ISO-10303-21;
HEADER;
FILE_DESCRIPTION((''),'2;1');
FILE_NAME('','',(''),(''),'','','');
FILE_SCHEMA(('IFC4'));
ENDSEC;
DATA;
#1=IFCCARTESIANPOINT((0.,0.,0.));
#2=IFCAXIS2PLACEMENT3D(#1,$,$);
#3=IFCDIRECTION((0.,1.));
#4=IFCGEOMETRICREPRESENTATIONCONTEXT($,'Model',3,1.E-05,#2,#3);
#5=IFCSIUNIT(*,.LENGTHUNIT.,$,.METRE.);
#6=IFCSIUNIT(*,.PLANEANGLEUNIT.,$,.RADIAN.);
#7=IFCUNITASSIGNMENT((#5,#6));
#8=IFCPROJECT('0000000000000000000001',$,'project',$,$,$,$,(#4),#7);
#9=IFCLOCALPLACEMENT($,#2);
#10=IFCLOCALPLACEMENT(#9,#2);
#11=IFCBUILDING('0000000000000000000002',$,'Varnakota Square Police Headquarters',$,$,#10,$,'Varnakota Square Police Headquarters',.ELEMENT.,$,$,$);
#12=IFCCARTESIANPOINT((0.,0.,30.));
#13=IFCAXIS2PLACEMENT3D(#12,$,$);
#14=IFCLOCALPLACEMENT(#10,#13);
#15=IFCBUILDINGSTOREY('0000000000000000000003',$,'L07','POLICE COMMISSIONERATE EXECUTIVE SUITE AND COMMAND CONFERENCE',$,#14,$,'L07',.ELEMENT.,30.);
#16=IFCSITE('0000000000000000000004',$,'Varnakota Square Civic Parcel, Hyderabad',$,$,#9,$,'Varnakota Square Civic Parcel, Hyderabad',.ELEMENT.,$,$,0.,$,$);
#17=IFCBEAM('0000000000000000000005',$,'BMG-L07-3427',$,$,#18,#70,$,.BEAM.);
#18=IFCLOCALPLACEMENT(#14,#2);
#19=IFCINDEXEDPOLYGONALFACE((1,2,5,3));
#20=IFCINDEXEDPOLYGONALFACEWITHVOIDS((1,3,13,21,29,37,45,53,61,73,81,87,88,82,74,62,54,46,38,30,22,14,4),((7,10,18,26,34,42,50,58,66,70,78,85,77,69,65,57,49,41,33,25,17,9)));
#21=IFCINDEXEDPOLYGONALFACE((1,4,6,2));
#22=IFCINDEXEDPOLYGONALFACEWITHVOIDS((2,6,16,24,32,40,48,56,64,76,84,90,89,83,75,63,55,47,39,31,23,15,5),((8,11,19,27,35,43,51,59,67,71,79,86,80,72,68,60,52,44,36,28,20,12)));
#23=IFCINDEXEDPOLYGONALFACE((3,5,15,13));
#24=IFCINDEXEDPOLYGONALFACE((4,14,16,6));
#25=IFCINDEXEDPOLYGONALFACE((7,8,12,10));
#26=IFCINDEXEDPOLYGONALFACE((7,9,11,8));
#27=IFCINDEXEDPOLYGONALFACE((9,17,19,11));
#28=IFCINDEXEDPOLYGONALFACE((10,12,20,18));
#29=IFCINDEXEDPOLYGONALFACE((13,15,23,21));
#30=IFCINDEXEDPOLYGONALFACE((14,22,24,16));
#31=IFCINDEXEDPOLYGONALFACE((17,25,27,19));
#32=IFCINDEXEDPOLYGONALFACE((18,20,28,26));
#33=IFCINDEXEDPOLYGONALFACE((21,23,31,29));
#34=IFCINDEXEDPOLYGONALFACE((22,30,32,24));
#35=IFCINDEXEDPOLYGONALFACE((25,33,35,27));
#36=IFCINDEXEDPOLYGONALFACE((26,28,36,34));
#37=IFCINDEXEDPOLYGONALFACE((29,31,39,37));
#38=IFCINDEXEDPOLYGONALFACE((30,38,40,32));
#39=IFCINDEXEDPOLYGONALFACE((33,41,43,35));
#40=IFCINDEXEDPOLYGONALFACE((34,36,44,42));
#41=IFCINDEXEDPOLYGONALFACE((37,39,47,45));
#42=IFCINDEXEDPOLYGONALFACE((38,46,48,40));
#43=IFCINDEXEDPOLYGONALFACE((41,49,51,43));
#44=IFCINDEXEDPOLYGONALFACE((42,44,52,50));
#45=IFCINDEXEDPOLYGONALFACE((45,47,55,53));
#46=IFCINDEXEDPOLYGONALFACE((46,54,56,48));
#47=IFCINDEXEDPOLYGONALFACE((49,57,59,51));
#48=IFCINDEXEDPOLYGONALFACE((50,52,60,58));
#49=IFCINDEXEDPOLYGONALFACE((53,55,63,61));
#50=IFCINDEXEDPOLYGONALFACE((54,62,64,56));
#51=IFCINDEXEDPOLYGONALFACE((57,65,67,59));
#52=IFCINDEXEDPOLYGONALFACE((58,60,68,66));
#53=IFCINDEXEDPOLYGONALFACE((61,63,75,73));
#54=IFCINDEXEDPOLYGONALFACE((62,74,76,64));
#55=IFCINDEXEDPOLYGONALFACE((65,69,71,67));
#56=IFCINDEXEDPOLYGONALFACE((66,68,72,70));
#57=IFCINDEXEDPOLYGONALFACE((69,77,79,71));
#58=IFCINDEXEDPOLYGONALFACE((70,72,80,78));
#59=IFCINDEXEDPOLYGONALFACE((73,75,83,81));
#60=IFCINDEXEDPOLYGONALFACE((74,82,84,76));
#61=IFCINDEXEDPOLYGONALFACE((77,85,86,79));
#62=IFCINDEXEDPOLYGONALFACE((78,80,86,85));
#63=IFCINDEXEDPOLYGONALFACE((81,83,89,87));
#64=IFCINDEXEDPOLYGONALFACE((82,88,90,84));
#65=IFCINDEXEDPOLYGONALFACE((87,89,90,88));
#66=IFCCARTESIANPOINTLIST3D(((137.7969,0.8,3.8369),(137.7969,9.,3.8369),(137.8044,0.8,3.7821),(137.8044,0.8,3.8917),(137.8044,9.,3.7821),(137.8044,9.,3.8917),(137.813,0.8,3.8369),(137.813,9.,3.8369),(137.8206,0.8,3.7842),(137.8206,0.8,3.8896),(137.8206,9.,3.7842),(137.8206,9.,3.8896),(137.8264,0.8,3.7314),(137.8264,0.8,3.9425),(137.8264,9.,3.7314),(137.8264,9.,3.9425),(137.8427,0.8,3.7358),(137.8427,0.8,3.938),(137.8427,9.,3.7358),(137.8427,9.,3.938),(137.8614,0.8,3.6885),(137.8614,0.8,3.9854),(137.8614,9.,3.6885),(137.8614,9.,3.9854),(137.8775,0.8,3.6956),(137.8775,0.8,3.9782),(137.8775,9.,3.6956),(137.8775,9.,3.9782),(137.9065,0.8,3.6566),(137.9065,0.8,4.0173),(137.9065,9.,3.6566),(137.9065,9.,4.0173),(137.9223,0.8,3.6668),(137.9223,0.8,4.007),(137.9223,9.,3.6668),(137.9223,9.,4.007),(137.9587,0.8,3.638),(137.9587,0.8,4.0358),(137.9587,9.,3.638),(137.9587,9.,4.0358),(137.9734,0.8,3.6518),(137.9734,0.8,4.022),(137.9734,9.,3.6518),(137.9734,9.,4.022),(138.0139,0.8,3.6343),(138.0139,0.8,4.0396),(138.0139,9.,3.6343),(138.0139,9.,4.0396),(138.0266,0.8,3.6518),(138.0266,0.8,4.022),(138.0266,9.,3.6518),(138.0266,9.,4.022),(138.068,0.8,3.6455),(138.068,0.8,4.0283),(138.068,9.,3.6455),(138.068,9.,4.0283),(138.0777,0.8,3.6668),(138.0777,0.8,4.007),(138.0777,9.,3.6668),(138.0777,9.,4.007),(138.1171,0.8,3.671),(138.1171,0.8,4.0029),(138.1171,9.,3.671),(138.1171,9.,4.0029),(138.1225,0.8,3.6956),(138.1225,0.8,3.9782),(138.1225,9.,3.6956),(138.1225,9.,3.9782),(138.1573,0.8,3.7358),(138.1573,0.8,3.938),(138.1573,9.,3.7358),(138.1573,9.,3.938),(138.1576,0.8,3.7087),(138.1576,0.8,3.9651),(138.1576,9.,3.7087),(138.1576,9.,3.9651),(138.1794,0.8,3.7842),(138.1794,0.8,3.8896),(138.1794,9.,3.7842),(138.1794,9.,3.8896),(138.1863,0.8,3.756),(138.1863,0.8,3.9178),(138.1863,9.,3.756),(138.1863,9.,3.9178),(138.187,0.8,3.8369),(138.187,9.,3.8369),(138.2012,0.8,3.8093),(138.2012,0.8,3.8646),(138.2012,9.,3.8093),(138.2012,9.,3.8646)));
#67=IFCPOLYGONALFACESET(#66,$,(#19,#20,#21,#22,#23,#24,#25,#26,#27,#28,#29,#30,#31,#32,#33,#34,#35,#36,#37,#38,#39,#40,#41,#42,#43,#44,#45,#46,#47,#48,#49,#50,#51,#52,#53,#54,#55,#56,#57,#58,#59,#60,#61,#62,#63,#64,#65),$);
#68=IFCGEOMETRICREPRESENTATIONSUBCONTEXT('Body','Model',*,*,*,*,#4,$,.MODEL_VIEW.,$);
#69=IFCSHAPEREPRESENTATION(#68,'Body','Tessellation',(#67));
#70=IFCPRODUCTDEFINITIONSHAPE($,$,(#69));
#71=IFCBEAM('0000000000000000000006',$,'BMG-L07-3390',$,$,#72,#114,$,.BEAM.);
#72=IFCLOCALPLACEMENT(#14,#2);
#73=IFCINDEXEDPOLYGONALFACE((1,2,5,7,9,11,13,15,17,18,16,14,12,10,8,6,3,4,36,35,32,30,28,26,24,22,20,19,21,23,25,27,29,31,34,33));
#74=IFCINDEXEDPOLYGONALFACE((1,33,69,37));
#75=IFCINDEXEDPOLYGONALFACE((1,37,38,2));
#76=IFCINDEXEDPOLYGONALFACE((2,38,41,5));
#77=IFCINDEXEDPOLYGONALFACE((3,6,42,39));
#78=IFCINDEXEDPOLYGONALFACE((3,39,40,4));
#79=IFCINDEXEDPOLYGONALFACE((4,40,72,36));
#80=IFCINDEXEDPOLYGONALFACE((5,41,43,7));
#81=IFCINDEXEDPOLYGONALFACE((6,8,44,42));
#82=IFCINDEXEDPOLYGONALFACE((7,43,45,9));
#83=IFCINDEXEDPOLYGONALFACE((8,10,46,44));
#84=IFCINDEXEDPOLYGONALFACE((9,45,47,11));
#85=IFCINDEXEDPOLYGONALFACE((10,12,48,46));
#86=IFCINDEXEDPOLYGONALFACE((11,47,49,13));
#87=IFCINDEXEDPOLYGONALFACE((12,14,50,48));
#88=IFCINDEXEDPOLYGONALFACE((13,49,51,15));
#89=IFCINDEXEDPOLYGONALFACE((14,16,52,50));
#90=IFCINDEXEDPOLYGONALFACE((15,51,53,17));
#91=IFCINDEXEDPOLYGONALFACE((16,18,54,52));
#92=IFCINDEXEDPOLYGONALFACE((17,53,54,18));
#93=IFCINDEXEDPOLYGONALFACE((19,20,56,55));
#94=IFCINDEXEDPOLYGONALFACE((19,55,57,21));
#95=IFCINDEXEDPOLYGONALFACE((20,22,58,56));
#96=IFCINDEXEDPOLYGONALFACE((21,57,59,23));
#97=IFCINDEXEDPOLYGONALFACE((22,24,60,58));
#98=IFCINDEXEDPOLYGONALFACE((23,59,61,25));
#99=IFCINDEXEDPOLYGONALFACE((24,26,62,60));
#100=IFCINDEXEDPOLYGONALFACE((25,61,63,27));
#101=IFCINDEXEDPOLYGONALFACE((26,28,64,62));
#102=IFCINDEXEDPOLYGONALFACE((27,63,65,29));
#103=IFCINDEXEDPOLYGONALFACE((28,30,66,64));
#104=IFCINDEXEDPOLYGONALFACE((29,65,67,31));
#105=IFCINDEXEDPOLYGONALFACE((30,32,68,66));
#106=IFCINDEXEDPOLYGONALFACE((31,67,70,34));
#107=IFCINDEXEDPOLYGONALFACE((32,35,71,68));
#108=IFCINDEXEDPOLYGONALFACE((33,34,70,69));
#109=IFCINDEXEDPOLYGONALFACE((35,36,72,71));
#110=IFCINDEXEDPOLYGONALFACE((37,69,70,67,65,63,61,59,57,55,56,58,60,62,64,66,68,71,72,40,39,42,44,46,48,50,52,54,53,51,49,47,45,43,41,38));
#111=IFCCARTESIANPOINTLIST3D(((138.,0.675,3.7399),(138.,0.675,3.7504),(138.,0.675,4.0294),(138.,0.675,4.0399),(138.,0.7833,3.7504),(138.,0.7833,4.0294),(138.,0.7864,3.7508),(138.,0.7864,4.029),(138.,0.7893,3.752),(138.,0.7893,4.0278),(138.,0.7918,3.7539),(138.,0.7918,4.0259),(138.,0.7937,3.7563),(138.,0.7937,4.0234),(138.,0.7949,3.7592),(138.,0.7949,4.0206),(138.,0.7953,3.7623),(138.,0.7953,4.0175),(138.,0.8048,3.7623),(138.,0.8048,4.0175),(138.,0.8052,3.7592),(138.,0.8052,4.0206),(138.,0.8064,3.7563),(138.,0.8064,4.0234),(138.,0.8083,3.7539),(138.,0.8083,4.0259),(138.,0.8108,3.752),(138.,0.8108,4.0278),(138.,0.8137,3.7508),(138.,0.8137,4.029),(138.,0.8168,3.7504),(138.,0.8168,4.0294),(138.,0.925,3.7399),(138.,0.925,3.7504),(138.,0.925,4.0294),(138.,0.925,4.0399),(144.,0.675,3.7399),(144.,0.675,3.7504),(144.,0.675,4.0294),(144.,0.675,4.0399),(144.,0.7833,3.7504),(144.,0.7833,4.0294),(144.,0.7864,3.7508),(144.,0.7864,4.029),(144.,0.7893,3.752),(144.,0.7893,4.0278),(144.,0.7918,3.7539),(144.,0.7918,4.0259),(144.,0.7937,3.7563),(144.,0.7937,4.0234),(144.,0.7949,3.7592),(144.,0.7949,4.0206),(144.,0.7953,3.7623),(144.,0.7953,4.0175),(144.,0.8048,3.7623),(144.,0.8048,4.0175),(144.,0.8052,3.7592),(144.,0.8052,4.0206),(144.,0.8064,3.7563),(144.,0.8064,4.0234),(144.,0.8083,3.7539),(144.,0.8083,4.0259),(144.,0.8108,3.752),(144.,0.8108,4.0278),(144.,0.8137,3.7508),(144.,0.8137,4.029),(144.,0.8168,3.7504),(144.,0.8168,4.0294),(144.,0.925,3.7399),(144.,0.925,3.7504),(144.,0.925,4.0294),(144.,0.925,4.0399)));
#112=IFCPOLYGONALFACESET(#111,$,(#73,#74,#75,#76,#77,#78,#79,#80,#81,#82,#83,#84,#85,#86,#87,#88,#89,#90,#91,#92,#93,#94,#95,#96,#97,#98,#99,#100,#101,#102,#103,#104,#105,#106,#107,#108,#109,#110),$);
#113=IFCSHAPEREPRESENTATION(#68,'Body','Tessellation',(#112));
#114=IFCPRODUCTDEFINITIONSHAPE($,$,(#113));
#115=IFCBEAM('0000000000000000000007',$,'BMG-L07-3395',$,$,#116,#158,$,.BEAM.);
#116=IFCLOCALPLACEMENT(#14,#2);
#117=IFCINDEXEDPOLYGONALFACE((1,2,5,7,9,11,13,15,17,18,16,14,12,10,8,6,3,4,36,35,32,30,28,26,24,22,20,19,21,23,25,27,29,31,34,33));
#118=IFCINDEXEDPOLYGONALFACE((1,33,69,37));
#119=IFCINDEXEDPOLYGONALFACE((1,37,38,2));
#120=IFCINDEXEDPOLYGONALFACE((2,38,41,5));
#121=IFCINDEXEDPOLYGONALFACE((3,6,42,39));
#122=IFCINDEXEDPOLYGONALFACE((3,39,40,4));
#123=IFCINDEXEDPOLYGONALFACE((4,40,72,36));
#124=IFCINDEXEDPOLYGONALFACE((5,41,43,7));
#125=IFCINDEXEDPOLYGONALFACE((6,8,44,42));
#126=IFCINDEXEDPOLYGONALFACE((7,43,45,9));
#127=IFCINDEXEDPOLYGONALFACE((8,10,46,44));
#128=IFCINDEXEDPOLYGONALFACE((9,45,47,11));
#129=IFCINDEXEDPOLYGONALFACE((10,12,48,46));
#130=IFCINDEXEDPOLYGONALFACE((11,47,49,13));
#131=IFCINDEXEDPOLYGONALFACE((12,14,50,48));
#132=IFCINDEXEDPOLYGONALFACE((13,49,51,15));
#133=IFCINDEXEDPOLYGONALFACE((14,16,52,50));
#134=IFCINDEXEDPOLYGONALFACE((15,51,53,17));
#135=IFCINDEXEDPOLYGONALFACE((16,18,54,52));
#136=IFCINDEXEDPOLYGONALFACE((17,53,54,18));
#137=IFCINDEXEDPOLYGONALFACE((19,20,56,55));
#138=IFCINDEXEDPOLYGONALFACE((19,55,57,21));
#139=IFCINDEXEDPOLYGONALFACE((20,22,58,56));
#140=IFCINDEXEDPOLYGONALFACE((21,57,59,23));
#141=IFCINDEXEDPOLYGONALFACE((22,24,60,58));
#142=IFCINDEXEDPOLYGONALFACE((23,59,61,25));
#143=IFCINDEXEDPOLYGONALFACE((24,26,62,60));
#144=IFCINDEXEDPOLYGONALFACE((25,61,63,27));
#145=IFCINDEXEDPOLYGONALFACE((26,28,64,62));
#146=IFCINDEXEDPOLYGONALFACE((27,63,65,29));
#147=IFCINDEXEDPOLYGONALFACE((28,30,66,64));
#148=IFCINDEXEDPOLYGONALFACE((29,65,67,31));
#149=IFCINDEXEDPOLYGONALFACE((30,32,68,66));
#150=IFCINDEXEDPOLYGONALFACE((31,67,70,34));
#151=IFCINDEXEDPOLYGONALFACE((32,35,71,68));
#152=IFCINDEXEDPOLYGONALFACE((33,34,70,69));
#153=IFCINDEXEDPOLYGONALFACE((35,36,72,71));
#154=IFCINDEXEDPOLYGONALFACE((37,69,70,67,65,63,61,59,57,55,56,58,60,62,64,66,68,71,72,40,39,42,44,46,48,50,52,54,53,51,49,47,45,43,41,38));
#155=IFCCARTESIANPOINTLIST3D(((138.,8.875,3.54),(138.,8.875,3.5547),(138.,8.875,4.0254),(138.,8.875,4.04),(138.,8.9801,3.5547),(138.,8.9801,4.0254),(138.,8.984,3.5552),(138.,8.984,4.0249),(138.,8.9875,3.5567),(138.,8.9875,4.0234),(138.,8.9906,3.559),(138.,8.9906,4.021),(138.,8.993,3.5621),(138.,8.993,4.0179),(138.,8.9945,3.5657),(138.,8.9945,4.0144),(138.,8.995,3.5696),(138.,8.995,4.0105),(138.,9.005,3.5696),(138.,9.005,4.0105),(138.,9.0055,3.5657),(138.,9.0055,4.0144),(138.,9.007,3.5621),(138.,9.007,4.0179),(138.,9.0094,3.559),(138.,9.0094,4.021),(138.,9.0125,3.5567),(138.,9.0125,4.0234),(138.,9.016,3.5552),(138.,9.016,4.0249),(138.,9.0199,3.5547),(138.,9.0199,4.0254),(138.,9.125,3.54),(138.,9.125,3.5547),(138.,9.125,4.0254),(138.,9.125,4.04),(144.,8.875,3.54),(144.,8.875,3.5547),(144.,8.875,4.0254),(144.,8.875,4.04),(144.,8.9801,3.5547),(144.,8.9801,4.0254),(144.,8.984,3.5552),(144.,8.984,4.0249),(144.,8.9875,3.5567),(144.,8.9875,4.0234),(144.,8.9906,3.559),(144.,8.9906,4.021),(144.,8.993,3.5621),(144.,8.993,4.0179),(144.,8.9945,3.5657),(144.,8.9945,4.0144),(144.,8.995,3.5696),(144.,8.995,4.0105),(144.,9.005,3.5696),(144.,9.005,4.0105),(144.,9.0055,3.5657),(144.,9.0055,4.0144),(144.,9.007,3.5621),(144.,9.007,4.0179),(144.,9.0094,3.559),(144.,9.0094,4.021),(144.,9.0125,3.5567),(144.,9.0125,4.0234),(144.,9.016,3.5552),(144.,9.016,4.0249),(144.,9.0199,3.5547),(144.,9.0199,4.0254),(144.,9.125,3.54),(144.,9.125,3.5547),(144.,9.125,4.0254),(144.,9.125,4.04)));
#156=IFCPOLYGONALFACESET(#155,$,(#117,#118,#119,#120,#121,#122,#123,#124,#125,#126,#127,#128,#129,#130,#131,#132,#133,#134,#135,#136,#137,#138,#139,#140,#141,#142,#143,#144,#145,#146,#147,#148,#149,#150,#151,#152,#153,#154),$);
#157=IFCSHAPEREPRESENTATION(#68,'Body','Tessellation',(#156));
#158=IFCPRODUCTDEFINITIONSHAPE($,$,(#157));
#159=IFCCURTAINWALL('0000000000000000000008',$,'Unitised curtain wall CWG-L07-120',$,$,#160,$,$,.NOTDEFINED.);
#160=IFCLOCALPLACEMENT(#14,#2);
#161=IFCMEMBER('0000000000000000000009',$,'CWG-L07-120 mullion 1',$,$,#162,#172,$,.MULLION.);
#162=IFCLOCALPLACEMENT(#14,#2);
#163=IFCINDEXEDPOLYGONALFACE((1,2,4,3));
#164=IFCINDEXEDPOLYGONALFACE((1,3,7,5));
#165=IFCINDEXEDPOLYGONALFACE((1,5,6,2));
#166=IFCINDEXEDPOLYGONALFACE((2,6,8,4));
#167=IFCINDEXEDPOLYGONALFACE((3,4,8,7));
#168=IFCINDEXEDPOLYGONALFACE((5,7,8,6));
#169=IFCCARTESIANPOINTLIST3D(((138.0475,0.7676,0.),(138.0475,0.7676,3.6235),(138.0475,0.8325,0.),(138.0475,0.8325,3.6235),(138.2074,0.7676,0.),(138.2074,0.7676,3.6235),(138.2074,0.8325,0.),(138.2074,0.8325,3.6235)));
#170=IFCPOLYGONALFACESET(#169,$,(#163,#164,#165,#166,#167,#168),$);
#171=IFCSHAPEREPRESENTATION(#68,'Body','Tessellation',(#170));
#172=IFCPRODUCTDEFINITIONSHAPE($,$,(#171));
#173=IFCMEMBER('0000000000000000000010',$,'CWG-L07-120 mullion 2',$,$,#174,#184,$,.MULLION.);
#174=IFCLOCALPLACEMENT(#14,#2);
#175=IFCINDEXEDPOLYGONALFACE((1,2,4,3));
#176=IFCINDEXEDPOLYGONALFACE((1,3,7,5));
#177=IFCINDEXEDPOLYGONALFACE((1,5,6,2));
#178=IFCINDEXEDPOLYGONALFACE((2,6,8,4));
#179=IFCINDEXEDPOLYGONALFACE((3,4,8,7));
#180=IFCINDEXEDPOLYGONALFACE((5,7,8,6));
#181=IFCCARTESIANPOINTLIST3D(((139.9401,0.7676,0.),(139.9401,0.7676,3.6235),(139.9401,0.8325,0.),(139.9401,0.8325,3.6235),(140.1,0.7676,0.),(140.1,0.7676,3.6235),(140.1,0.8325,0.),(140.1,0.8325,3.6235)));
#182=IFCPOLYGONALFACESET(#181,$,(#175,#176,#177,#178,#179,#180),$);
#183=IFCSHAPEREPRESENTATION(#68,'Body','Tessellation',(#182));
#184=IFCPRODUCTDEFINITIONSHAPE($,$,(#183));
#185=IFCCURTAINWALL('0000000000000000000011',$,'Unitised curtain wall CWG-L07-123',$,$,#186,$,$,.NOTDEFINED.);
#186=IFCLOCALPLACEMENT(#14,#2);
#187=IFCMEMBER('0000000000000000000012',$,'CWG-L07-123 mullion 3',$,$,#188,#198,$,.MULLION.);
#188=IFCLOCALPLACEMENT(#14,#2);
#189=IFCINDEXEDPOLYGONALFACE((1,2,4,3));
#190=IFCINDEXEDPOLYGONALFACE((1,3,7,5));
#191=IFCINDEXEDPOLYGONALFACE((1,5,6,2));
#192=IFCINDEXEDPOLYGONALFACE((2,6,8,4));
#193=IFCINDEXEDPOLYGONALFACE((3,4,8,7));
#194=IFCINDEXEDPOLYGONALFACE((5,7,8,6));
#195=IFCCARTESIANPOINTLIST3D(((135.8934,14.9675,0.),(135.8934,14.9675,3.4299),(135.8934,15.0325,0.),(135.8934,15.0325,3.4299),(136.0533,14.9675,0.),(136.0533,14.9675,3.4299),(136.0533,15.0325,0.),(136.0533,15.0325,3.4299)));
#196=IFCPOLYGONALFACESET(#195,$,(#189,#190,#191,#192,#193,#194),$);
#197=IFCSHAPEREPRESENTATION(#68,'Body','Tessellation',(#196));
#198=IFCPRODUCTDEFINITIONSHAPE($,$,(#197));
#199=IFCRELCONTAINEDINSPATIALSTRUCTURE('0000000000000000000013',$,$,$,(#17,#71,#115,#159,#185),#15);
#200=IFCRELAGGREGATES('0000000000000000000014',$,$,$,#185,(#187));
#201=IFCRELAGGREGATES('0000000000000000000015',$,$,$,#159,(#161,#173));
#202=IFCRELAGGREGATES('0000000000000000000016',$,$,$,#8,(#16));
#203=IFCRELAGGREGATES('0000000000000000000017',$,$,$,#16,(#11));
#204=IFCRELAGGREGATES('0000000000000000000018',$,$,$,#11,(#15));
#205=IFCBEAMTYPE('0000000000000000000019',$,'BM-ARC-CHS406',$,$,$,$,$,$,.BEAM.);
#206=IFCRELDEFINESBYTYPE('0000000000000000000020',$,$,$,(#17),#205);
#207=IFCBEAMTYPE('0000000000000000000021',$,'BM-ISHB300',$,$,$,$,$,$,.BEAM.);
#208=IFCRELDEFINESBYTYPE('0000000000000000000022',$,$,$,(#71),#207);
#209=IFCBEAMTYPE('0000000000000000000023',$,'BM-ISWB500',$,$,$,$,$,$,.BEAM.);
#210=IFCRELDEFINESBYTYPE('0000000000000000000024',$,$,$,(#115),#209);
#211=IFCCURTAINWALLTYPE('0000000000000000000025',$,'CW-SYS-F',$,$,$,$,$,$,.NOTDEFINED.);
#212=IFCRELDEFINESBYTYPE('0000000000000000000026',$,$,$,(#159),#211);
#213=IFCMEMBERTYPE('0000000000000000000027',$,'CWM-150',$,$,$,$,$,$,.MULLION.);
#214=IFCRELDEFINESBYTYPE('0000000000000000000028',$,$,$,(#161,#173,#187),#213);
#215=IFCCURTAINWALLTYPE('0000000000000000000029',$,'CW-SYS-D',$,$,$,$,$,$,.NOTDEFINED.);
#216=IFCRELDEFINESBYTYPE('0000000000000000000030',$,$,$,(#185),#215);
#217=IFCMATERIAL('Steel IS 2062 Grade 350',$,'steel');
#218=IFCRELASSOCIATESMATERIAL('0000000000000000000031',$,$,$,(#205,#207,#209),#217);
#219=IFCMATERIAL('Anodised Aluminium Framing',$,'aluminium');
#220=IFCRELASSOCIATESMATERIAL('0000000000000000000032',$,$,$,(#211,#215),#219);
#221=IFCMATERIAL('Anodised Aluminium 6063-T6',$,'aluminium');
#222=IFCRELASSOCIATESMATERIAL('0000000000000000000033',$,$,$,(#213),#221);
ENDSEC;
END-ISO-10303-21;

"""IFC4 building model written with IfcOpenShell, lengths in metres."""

from ifc_helpers import new_model, si_unit, direction, frame, origin, origin_2d, place, context, subcontext, project, spatial, rectangle, hollow_circle, i_section, extrude, material, material_profile, profile_set, type_object, element, aggregate, save


model = new_model("IFC4")

# Units and contexts
model_context = context("Model", 3, precision=1e-05, world=origin(), true_north=direction((0.0, 1.0)))
body_context = subcontext(model_context, "Body", "Model", "MODEL_VIEW")
ifc_project = project(units=[si_unit("LENGTHUNIT", "METRE"), si_unit("PLANEANGLEUNIT", "RADIAN")], contexts=[model_context])

# Site, building, storey
site_placement = place(None, origin())
site = spatial("IfcSite", under=ifc_project, at=site_placement, Name="Varnakota Square Civic Parcel, Hyderabad", LongName="Varnakota Square Civic Parcel, Hyderabad", CompositionType="ELEMENT", RefElevation=0.0)
building_placement = place(site_placement, origin())
building = spatial("IfcBuilding", under=site, at=building_placement, Name="Varnakota Square Police Headquarters", LongName="Varnakota Square Police Headquarters", CompositionType="ELEMENT")
storey_placement = place(building_placement, frame((0.0, 0.0, 30.0)))
storey = spatial("IfcBuildingStorey", under=building, at=storey_placement, Name="L07", Description="POLICE COMMISSIONERATE EXECUTIVE SUITE AND COMMAND CONFERENCE", LongName="L07", CompositionType="ELEMENT", Elevation=30.0)

# Shared definitions
ifc_material_1 = material(Name="Steel IS 2062 Grade 350", Category="steel")

# Beams
ifc_material_profile_1 = material_profile(ifc_material_1, hollow_circle(Radius=0.2031, WallThickness=0.0161, at=origin_2d()), Name="CHS 406.4x16.0")
ifc_profile_set_1 = profile_set([ifc_material_profile_1], Name="Steel IS 2062 Grade 350")
beam_type_1 = type_object("IfcBeamType", Name="BM-ARC-CHS406", PredefinedType="BEAM", material=ifc_profile_set_1)
beam_1_placement = place(storey_placement, frame((138.0, 0.8, 3.8369), z_axis=(0.0, 1.0, 0.0), x_axis=(-1.0, 0.0, 0.0)))
element("IfcBeam", 1, at=beam_1_placement, inside=storey, type_object=beam_type_1, Name="BMG-L07-3427", PredefinedType="BEAM", context=body_context, shape_type="SweptSolid", body=[
    extrude(hollow_circle(Radius=0.2031, WallThickness=0.0161, at=origin_2d()), origin(), (0.0, 0.0, 1.0), 8.2),
])
ifc_material_profile_2 = material_profile(ifc_material_1, i_section(OverallWidth=0.25, OverallDepth=0.3, WebThickness=0.0095, FlangeThickness=0.0105, FilletRadius=0.012, at=origin_2d()), Name="ISHB 300")
ifc_profile_set_2 = profile_set([ifc_material_profile_2], Name="Steel IS 2062 Grade 350")
beam_type_2 = type_object("IfcBeamType", Name="BM-ISHB300", PredefinedType="BEAM", material=ifc_profile_set_2)
beam_2_placement = place(storey_placement, frame((138.0, 0.8, 3.8899), z_axis=(1.0, 0.0, 0.0), x_axis=(0.0, 1.0, 0.0)))
element("IfcBeam", 2, at=beam_2_placement, inside=storey, type_object=beam_type_2, Name="BMG-L07-3390", PredefinedType="BEAM", context=body_context, shape_type="SweptSolid", body=[
    extrude(i_section(OverallWidth=0.25, OverallDepth=0.3, WebThickness=0.0095, FlangeThickness=0.0105, FilletRadius=0.012, at=origin_2d()), origin(), (0.0, 0.0, 1.0), 6.0),
])
ifc_material_profile_3 = material_profile(ifc_material_1, i_section(OverallWidth=0.25, OverallDepth=0.5, WebThickness=0.01, FlangeThickness=0.0146, FilletRadius=0.0149, at=origin_2d()), Name="ISWB 500")
ifc_profile_set_3 = profile_set([ifc_material_profile_3], Name="Steel IS 2062 Grade 350")
beam_type_3 = type_object("IfcBeamType", Name="BM-ISWB500", PredefinedType="BEAM", material=ifc_profile_set_3)
beam_3_placement = place(storey_placement, frame((138.0, 9.0, 3.79), z_axis=(1.0, 0.0, 0.0), x_axis=(0.0, 1.0, 0.0)))
element("IfcBeam", 3, at=beam_3_placement, inside=storey, type_object=beam_type_3, Name="BMG-L07-3395", PredefinedType="BEAM", context=body_context, shape_type="SweptSolid", body=[
    extrude(i_section(OverallWidth=0.25, OverallDepth=0.5, WebThickness=0.01, FlangeThickness=0.0146, FilletRadius=0.0149, at=origin_2d()), origin(), (0.0, 0.0, 1.0), 6.0),
])

# Curtain wall, members
ifc_material_2 = material(Name="Anodised Aluminium Framing", Category="aluminium")
curtain_wall_type_1 = type_object("IfcCurtainWallType", Name="CW-SYS-F", PredefinedType="NOTDEFINED", material=ifc_material_2)
curtain_wall_1_placement = place(storey_placement, origin())
curtain_wall_1 = element("IfcCurtainWall", 4, at=curtain_wall_1_placement, inside=storey, type_object=curtain_wall_type_1, Name="Unitised curtain wall CWG-L07-120", PredefinedType="NOTDEFINED")
ifc_material_3 = material(Name="Anodised Aluminium 6063-T6", Category="aluminium")
ifc_material_profile_4 = material_profile(ifc_material_3, rectangle(XDim=0.0649, YDim=0.1599, at=origin_2d()), Name="ALU MULLION 65x160")
ifc_profile_set_4 = profile_set([ifc_material_profile_4], Name="Anodised Aluminium 6063-T6")
member_type_1 = type_object("IfcMemberType", Name="CWM-150", PredefinedType="MULLION", material=ifc_profile_set_4)
member_1_placement = place(storey_placement, frame((138.1274, 0.8, 0.0), z_axis=(0.0, 0.0, 1.0), x_axis=(0.0, 1.0, 0.0)))
member_1 = element("IfcMember", 5, at=member_1_placement, type_object=member_type_1, Name="CWG-L07-120 mullion 1", PredefinedType="MULLION", context=body_context, shape_type="SweptSolid", body=[
    extrude(rectangle(XDim=0.0649, YDim=0.1599, at=origin_2d()), origin(), (0.0, 0.0, 1.0), 3.6235),
])
member_2_placement = place(storey_placement, frame((140.02, 0.8, 0.0), z_axis=(0.0, 0.0, 1.0), x_axis=(0.0, 1.0, 0.0)))
member_2 = element("IfcMember", 6, at=member_2_placement, type_object=member_type_1, Name="CWG-L07-120 mullion 2", PredefinedType="MULLION", context=body_context, shape_type="SweptSolid", body=[
    extrude(rectangle(XDim=0.0649, YDim=0.1599, at=origin_2d()), origin(), (0.0, 0.0, 1.0), 3.6235),
])

# Curtain wall, member
curtain_wall_type_2 = type_object("IfcCurtainWallType", Name="CW-SYS-D", PredefinedType="NOTDEFINED", material=ifc_material_2)
curtain_wall_2_placement = place(storey_placement, origin())
curtain_wall_2 = element("IfcCurtainWall", 7, at=curtain_wall_2_placement, inside=storey, type_object=curtain_wall_type_2, Name="Unitised curtain wall CWG-L07-123", PredefinedType="NOTDEFINED")
member_3_placement = place(storey_placement, frame((135.9734, 15.0, 0.0), z_axis=(0.0, 0.0, 1.0), x_axis=(0.0, 1.0, 0.0)))
member_3 = element("IfcMember", 8, at=member_3_placement, type_object=member_type_1, Name="CWG-L07-123 mullion 3", PredefinedType="MULLION", context=body_context, shape_type="SweptSolid", body=[
    extrude(rectangle(XDim=0.0649, YDim=0.1599, at=origin_2d()), origin(), (0.0, 0.0, 1.0), 3.4299),
])

aggregate(curtain_wall_2, [member_3])
aggregate(curtain_wall_1, [member_1, member_2])

save(model, "model.ifc")
